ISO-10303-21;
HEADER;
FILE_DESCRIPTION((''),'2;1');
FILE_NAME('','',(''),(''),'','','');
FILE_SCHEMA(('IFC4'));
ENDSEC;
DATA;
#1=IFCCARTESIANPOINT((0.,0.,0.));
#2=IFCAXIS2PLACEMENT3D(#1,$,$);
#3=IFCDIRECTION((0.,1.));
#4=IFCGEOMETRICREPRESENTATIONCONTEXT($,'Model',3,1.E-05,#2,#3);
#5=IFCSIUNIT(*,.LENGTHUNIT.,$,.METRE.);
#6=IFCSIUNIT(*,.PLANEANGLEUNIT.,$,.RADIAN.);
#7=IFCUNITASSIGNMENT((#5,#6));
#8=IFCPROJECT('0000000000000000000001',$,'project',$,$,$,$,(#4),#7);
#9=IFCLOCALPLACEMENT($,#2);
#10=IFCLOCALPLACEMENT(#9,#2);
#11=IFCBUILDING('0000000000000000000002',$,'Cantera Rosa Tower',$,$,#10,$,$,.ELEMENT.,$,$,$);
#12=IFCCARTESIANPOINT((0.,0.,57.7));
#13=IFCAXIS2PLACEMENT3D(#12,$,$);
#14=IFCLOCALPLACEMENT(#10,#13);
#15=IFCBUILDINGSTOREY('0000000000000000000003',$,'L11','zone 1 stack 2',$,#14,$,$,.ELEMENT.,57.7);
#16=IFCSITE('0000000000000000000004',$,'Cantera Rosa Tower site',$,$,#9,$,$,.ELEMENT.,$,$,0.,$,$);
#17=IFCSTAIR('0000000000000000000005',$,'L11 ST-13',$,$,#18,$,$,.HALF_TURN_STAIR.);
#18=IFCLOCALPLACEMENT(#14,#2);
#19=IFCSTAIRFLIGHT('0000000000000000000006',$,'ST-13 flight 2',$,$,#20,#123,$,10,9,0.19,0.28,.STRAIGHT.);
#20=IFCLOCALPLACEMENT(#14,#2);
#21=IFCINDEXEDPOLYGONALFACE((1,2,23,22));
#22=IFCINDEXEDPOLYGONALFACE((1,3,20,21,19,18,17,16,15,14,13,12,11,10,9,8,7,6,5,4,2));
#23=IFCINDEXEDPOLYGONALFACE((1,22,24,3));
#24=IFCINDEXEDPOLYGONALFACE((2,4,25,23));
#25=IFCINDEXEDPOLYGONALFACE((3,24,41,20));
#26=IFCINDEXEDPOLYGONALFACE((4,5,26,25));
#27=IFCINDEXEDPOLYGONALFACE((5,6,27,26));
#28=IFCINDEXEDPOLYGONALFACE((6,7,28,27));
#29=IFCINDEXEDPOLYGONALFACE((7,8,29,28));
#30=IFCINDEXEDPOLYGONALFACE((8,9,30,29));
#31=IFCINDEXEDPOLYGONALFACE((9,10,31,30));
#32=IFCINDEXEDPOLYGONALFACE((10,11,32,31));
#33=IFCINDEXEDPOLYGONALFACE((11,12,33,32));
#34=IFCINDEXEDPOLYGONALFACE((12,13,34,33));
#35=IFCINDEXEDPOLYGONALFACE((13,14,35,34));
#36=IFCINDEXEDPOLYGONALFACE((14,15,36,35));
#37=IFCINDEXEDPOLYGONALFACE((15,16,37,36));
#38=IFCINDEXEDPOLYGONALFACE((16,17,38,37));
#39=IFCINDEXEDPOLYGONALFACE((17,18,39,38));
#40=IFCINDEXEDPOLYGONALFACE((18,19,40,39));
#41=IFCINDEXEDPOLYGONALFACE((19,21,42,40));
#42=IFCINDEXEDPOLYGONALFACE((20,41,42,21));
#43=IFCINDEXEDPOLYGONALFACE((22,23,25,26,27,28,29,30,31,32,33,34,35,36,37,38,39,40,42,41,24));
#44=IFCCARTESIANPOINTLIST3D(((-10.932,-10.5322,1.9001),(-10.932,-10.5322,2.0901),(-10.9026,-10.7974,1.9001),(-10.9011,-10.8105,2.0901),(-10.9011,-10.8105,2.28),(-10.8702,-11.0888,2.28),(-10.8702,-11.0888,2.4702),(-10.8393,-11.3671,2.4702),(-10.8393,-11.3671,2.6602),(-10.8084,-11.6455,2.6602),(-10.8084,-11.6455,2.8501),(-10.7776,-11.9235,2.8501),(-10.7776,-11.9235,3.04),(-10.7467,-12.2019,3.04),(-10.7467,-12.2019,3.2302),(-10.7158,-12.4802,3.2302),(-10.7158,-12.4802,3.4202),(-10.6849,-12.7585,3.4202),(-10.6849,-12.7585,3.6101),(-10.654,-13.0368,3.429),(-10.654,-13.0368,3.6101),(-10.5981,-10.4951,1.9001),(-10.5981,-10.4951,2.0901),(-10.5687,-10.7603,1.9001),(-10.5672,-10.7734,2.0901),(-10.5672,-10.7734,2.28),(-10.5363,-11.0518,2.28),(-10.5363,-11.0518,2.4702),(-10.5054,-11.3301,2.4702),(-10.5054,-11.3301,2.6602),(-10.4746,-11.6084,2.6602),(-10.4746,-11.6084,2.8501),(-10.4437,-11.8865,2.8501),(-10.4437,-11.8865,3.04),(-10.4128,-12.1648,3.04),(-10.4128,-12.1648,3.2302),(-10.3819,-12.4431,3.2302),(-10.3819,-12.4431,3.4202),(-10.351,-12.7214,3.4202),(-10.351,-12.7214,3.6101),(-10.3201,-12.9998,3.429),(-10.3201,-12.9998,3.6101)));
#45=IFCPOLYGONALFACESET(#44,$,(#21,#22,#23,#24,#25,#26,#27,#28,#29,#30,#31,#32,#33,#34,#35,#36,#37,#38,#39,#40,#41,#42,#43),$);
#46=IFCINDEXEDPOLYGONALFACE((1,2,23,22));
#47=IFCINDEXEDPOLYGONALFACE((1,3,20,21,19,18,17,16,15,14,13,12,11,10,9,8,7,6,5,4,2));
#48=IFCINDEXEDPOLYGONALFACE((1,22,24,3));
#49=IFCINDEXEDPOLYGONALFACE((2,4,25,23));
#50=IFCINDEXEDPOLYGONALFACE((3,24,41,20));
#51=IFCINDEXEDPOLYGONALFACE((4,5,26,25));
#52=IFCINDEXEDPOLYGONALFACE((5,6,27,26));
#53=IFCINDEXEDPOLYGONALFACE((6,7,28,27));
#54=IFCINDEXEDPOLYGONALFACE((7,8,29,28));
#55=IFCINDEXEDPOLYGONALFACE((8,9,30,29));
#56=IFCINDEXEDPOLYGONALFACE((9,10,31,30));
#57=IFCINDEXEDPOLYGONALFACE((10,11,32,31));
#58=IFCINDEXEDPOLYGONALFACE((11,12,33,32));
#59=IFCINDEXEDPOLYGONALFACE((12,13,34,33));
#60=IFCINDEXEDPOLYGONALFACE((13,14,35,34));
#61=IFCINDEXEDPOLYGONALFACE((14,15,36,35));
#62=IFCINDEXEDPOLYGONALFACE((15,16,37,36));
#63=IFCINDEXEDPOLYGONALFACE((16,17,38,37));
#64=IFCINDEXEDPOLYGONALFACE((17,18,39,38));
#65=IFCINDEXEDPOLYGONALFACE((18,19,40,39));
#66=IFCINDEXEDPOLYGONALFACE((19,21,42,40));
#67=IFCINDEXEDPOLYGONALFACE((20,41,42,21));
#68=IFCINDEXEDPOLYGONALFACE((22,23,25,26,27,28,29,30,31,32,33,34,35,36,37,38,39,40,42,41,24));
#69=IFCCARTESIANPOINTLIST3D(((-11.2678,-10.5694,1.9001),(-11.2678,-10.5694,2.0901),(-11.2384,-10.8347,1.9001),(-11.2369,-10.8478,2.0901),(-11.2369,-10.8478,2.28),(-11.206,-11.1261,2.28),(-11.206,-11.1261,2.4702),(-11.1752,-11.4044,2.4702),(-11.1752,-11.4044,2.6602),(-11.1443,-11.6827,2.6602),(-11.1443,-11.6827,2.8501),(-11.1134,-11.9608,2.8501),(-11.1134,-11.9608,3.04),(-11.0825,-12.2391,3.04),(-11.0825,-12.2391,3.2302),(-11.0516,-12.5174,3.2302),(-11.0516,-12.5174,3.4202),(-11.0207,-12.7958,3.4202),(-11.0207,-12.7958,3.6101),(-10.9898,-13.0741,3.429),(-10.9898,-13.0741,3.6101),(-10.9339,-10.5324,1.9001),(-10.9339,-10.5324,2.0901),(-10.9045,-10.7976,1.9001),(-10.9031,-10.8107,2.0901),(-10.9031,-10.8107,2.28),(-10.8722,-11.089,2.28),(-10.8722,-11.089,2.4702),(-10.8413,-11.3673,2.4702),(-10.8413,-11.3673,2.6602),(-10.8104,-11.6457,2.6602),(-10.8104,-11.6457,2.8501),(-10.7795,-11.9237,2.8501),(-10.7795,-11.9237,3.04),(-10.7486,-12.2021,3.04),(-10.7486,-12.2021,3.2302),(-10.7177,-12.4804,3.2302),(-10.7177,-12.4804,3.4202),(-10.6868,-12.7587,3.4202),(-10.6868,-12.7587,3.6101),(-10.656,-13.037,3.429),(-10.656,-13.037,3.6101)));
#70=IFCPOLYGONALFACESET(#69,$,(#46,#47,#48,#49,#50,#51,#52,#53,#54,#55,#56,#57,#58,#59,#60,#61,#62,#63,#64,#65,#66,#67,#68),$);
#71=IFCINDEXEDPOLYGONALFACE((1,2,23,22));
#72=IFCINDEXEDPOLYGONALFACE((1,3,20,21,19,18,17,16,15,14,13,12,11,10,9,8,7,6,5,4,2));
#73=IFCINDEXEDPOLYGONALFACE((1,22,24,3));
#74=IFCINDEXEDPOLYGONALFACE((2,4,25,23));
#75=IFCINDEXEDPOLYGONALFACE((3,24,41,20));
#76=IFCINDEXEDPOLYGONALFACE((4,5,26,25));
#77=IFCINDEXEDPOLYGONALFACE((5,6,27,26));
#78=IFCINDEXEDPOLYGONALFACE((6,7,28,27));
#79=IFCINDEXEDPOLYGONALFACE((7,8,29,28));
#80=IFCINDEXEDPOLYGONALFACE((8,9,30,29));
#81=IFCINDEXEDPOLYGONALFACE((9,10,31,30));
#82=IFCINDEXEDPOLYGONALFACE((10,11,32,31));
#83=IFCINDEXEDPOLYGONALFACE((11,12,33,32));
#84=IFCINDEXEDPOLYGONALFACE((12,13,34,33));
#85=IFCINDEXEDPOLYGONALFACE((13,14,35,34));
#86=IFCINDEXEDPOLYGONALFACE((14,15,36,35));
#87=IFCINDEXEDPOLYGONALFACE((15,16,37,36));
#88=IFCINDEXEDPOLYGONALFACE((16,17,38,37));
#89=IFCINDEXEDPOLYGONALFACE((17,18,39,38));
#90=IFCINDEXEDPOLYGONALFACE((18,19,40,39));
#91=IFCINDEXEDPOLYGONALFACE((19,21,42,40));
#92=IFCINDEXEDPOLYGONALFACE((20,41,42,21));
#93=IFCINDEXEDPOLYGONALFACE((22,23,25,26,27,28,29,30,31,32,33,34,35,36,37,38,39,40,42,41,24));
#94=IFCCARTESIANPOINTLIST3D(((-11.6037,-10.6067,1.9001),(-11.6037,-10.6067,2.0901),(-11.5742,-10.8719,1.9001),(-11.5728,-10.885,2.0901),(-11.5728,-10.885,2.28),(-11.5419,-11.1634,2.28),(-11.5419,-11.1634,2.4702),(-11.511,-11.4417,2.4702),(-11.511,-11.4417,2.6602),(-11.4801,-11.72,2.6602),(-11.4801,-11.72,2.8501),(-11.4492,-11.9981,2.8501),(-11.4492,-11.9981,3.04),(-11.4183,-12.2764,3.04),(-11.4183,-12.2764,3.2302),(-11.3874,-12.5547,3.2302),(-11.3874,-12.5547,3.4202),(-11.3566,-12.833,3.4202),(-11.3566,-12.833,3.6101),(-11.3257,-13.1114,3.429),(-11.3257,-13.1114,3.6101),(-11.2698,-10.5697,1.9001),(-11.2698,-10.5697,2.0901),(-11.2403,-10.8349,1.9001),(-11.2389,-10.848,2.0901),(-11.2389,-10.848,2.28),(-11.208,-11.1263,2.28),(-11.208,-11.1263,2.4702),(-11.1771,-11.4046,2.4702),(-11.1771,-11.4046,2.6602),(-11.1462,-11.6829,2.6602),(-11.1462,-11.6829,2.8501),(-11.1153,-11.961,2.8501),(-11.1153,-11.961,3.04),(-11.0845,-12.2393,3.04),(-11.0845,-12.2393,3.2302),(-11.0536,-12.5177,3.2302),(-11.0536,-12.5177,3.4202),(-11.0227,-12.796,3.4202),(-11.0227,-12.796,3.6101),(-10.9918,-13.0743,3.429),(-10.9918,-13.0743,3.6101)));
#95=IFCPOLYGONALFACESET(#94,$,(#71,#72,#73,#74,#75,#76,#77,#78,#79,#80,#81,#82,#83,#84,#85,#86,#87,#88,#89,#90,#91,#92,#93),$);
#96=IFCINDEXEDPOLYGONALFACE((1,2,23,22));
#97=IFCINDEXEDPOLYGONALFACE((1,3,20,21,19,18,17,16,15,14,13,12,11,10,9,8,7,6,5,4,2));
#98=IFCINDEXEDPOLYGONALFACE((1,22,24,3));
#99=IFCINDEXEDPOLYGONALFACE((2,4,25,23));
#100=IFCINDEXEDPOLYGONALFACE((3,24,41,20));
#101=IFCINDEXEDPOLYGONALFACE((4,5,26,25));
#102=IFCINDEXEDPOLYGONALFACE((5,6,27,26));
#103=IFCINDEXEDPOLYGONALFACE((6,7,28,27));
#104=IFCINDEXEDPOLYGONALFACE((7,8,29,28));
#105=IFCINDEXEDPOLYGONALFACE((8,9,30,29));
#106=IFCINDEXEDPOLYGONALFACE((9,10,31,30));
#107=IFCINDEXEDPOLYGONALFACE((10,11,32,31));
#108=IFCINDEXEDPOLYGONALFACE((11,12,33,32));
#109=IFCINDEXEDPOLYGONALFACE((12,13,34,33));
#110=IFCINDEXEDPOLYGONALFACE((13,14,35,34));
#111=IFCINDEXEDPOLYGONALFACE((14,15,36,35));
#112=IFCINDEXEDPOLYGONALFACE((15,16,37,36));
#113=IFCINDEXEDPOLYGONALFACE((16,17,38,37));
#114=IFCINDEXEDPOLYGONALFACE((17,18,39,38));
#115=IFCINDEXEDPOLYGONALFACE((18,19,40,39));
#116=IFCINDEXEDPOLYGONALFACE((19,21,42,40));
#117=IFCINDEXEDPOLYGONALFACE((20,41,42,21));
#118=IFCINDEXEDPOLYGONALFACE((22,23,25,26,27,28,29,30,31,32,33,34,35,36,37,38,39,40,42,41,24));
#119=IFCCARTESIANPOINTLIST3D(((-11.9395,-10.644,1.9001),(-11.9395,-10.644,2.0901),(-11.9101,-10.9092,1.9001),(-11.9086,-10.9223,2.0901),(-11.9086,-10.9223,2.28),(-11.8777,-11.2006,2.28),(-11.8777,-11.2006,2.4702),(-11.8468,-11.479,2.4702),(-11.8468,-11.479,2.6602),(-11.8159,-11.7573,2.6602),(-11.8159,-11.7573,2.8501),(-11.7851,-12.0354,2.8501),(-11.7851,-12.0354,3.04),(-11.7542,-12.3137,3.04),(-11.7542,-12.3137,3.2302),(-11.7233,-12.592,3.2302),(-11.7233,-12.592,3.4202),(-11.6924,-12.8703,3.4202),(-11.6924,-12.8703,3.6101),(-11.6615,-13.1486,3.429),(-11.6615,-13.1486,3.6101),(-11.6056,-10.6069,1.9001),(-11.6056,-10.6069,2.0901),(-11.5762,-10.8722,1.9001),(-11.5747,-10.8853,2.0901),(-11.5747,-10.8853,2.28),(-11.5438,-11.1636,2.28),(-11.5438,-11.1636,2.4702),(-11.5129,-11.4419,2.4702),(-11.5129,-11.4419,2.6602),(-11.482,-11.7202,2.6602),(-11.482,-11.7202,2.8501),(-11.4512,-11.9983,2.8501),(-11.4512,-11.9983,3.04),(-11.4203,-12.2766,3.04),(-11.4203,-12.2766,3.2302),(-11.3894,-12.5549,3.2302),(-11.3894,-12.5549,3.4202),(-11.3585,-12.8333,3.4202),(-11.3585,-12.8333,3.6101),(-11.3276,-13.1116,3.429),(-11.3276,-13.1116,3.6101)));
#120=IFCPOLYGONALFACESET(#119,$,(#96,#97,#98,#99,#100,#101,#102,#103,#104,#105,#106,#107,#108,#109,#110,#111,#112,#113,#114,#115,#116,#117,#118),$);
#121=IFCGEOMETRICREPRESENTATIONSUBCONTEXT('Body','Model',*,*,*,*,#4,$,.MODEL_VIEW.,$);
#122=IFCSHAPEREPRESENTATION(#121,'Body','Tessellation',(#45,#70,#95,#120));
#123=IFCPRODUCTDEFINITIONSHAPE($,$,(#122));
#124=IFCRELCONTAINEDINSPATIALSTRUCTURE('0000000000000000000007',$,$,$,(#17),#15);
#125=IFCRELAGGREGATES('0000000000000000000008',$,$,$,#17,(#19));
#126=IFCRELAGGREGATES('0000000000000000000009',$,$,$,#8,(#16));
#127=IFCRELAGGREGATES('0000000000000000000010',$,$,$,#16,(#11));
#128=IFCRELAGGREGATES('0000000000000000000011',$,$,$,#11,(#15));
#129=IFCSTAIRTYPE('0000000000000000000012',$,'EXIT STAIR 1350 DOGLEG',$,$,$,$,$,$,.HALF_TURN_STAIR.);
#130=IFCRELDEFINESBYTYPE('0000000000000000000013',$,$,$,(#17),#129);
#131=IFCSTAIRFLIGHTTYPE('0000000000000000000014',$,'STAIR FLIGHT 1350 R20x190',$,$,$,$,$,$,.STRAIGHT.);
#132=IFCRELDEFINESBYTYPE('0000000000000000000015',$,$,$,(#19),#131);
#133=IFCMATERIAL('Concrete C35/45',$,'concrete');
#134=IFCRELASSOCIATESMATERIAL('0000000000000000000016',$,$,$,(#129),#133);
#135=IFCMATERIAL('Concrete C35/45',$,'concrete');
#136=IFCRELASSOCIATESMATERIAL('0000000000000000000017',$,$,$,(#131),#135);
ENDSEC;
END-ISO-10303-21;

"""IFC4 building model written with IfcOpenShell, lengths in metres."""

from ifc_helpers import new_model, si_unit, direction, frame, origin, place, context, subcontext, project, spatial, polyline, outline, extrude, material, type_object, element, aggregate, save


model = new_model("IFC4")

# Units and contexts
model_context = context("Model", 3, precision=1e-05, world=origin(), true_north=direction((0.0, 1.0)))
body_context = subcontext(model_context, "Body", "Model", "MODEL_VIEW")
ifc_project = project(units=[si_unit("LENGTHUNIT", "METRE"), si_unit("PLANEANGLEUNIT", "RADIAN")], contexts=[model_context])

# Site, building, storey
site_placement = place(None, origin())
site = spatial("IfcSite", under=ifc_project, at=site_placement, Name="Cantera Rosa Tower site", CompositionType="ELEMENT", RefElevation=0.0)
building_placement = place(site_placement, origin())
building = spatial("IfcBuilding", under=site, at=building_placement, Name="Cantera Rosa Tower", CompositionType="ELEMENT")
storey_placement = place(building_placement, frame((0.0, 0.0, 57.7)))
storey = spatial("IfcBuildingStorey", under=building, at=storey_placement, Name="L11", Description="zone 1 stack 2", CompositionType="ELEMENT", Elevation=57.7)

# Stair, stair flight
ifc_material_1 = material(Name="Concrete C35/45", Category="concrete")
stair_type = type_object("IfcStairType", Name="EXIT STAIR 1350 DOGLEG", PredefinedType="HALF_TURN_STAIR", material=ifc_material_1)
stair_placement = place(storey_placement, origin())
stair = element("IfcStair", 1, at=stair_placement, inside=storey, type_object=stair_type, Name="L11 ST-13", PredefinedType="HALF_TURN_STAIR")
ifc_material_2 = material(Name="Concrete C35/45", Category="concrete")
stair_flight_type = type_object("IfcStairFlightType", Name="STAIR FLIGHT 1350 R20x190", PredefinedType="STRAIGHT", material=ifc_material_2)
stair_flight_1_placement = place(storey_placement, frame((-11.269, -10.5696, 1.9001), z_axis=(0.0, 0.0, 1.0), x_axis=(0.110313, -0.993897, 0.0)))
stair_flight_1 = element("IfcStairFlight", 2, at=stair_flight_1_placement, type_object=stair_flight_type, Name="ST-13 flight 2", NumberOfRisers=10, NumberOfTreads=9, PredefinedType="STRAIGHT", RiserHeight=0.19, TreadLength=0.28, context=body_context, shape_type="SweptSolid", body=[
    extrude(outline(polyline([(0.0, 0.0), (0.0, 0.1899), (0.28, 0.1899), (0.28, 0.3799), (0.5601, 0.3799), (0.5601, 0.5701), (0.8401, 0.5701), (0.8401, 0.76), (1.1201, 0.76), (1.1201, 0.95), (1.3999, 0.95), (1.3999, 1.1399), (1.6799, 1.1399), (1.6799, 1.3301), (1.96, 1.3301), (1.96, 1.52), (2.24, 1.52), (2.24, 1.71), (2.52, 1.71), (2.52, 1.8999), (2.52, 1.5288), (0.2668, 0.0), (0.0, 0.0)])), frame((0.0, 0.675, 0.0), z_axis=(0.0, -1.0, 0.0), x_axis=(1.0, 0.0, 0.0)), (0.0, 0.0, 1.0), 0.3359),
    extrude(outline(polyline([(0.0, 0.0), (0.0, 0.1899), (0.28, 0.1899), (0.28, 0.3799), (0.5601, 0.3799), (0.5601, 0.5701), (0.8401, 0.5701), (0.8401, 0.76), (1.1201, 0.76), (1.1201, 0.95), (1.3999, 0.95), (1.3999, 1.1399), (1.6799, 1.1399), (1.6799, 1.3301), (1.96, 1.3301), (1.96, 1.52), (2.24, 1.52), (2.24, 1.71), (2.52, 1.71), (2.52, 1.8999), (2.52, 1.5288), (0.2668, 0.0), (0.0, 0.0)])), frame((0.0, 0.3372, 0.0), z_axis=(0.0, -1.0, 0.0), x_axis=(1.0, 0.0, 0.0)), (0.0, 0.0, 1.0), 0.3359),
    extrude(outline(polyline([(0.0, 0.0), (0.0, 0.1899), (0.28, 0.1899), (0.28, 0.3799), (0.5601, 0.3799), (0.5601, 0.5701), (0.8401, 0.5701), (0.8401, 0.76), (1.1201, 0.76), (1.1201, 0.95), (1.3999, 0.95), (1.3999, 1.1399), (1.6799, 1.1399), (1.6799, 1.3301), (1.96, 1.3301), (1.96, 1.52), (2.24, 1.52), (2.24, 1.71), (2.52, 1.71), (2.52, 1.8999), (2.52, 1.5288), (0.2668, 0.0), (0.0, 0.0)])), frame((0.0, -0.0007, 0.0), z_axis=(0.0, -1.0, 0.0), x_axis=(1.0, 0.0, 0.0)), (0.0, 0.0, 1.0), 0.3359),
    extrude(outline(polyline([(0.0, 0.0), (0.0, 0.1899), (0.28, 0.1899), (0.28, 0.3799), (0.5601, 0.3799), (0.5601, 0.5701), (0.8401, 0.5701), (0.8401, 0.76), (1.1201, 0.76), (1.1201, 0.95), (1.3999, 0.95), (1.3999, 1.1399), (1.6799, 1.1399), (1.6799, 1.3301), (1.96, 1.3301), (1.96, 1.52), (2.24, 1.52), (2.24, 1.71), (2.52, 1.71), (2.52, 1.8999), (2.52, 1.5288), (0.2668, 0.0), (0.0, 0.0)])), frame((0.0, -0.3386, 0.0), z_axis=(0.0, -1.0, 0.0), x_axis=(1.0, 0.0, 0.0)), (0.0, 0.0, 1.0), 0.3359),
])
aggregate(stair, [stair_flight_1])

save(model, "model.ifc")
